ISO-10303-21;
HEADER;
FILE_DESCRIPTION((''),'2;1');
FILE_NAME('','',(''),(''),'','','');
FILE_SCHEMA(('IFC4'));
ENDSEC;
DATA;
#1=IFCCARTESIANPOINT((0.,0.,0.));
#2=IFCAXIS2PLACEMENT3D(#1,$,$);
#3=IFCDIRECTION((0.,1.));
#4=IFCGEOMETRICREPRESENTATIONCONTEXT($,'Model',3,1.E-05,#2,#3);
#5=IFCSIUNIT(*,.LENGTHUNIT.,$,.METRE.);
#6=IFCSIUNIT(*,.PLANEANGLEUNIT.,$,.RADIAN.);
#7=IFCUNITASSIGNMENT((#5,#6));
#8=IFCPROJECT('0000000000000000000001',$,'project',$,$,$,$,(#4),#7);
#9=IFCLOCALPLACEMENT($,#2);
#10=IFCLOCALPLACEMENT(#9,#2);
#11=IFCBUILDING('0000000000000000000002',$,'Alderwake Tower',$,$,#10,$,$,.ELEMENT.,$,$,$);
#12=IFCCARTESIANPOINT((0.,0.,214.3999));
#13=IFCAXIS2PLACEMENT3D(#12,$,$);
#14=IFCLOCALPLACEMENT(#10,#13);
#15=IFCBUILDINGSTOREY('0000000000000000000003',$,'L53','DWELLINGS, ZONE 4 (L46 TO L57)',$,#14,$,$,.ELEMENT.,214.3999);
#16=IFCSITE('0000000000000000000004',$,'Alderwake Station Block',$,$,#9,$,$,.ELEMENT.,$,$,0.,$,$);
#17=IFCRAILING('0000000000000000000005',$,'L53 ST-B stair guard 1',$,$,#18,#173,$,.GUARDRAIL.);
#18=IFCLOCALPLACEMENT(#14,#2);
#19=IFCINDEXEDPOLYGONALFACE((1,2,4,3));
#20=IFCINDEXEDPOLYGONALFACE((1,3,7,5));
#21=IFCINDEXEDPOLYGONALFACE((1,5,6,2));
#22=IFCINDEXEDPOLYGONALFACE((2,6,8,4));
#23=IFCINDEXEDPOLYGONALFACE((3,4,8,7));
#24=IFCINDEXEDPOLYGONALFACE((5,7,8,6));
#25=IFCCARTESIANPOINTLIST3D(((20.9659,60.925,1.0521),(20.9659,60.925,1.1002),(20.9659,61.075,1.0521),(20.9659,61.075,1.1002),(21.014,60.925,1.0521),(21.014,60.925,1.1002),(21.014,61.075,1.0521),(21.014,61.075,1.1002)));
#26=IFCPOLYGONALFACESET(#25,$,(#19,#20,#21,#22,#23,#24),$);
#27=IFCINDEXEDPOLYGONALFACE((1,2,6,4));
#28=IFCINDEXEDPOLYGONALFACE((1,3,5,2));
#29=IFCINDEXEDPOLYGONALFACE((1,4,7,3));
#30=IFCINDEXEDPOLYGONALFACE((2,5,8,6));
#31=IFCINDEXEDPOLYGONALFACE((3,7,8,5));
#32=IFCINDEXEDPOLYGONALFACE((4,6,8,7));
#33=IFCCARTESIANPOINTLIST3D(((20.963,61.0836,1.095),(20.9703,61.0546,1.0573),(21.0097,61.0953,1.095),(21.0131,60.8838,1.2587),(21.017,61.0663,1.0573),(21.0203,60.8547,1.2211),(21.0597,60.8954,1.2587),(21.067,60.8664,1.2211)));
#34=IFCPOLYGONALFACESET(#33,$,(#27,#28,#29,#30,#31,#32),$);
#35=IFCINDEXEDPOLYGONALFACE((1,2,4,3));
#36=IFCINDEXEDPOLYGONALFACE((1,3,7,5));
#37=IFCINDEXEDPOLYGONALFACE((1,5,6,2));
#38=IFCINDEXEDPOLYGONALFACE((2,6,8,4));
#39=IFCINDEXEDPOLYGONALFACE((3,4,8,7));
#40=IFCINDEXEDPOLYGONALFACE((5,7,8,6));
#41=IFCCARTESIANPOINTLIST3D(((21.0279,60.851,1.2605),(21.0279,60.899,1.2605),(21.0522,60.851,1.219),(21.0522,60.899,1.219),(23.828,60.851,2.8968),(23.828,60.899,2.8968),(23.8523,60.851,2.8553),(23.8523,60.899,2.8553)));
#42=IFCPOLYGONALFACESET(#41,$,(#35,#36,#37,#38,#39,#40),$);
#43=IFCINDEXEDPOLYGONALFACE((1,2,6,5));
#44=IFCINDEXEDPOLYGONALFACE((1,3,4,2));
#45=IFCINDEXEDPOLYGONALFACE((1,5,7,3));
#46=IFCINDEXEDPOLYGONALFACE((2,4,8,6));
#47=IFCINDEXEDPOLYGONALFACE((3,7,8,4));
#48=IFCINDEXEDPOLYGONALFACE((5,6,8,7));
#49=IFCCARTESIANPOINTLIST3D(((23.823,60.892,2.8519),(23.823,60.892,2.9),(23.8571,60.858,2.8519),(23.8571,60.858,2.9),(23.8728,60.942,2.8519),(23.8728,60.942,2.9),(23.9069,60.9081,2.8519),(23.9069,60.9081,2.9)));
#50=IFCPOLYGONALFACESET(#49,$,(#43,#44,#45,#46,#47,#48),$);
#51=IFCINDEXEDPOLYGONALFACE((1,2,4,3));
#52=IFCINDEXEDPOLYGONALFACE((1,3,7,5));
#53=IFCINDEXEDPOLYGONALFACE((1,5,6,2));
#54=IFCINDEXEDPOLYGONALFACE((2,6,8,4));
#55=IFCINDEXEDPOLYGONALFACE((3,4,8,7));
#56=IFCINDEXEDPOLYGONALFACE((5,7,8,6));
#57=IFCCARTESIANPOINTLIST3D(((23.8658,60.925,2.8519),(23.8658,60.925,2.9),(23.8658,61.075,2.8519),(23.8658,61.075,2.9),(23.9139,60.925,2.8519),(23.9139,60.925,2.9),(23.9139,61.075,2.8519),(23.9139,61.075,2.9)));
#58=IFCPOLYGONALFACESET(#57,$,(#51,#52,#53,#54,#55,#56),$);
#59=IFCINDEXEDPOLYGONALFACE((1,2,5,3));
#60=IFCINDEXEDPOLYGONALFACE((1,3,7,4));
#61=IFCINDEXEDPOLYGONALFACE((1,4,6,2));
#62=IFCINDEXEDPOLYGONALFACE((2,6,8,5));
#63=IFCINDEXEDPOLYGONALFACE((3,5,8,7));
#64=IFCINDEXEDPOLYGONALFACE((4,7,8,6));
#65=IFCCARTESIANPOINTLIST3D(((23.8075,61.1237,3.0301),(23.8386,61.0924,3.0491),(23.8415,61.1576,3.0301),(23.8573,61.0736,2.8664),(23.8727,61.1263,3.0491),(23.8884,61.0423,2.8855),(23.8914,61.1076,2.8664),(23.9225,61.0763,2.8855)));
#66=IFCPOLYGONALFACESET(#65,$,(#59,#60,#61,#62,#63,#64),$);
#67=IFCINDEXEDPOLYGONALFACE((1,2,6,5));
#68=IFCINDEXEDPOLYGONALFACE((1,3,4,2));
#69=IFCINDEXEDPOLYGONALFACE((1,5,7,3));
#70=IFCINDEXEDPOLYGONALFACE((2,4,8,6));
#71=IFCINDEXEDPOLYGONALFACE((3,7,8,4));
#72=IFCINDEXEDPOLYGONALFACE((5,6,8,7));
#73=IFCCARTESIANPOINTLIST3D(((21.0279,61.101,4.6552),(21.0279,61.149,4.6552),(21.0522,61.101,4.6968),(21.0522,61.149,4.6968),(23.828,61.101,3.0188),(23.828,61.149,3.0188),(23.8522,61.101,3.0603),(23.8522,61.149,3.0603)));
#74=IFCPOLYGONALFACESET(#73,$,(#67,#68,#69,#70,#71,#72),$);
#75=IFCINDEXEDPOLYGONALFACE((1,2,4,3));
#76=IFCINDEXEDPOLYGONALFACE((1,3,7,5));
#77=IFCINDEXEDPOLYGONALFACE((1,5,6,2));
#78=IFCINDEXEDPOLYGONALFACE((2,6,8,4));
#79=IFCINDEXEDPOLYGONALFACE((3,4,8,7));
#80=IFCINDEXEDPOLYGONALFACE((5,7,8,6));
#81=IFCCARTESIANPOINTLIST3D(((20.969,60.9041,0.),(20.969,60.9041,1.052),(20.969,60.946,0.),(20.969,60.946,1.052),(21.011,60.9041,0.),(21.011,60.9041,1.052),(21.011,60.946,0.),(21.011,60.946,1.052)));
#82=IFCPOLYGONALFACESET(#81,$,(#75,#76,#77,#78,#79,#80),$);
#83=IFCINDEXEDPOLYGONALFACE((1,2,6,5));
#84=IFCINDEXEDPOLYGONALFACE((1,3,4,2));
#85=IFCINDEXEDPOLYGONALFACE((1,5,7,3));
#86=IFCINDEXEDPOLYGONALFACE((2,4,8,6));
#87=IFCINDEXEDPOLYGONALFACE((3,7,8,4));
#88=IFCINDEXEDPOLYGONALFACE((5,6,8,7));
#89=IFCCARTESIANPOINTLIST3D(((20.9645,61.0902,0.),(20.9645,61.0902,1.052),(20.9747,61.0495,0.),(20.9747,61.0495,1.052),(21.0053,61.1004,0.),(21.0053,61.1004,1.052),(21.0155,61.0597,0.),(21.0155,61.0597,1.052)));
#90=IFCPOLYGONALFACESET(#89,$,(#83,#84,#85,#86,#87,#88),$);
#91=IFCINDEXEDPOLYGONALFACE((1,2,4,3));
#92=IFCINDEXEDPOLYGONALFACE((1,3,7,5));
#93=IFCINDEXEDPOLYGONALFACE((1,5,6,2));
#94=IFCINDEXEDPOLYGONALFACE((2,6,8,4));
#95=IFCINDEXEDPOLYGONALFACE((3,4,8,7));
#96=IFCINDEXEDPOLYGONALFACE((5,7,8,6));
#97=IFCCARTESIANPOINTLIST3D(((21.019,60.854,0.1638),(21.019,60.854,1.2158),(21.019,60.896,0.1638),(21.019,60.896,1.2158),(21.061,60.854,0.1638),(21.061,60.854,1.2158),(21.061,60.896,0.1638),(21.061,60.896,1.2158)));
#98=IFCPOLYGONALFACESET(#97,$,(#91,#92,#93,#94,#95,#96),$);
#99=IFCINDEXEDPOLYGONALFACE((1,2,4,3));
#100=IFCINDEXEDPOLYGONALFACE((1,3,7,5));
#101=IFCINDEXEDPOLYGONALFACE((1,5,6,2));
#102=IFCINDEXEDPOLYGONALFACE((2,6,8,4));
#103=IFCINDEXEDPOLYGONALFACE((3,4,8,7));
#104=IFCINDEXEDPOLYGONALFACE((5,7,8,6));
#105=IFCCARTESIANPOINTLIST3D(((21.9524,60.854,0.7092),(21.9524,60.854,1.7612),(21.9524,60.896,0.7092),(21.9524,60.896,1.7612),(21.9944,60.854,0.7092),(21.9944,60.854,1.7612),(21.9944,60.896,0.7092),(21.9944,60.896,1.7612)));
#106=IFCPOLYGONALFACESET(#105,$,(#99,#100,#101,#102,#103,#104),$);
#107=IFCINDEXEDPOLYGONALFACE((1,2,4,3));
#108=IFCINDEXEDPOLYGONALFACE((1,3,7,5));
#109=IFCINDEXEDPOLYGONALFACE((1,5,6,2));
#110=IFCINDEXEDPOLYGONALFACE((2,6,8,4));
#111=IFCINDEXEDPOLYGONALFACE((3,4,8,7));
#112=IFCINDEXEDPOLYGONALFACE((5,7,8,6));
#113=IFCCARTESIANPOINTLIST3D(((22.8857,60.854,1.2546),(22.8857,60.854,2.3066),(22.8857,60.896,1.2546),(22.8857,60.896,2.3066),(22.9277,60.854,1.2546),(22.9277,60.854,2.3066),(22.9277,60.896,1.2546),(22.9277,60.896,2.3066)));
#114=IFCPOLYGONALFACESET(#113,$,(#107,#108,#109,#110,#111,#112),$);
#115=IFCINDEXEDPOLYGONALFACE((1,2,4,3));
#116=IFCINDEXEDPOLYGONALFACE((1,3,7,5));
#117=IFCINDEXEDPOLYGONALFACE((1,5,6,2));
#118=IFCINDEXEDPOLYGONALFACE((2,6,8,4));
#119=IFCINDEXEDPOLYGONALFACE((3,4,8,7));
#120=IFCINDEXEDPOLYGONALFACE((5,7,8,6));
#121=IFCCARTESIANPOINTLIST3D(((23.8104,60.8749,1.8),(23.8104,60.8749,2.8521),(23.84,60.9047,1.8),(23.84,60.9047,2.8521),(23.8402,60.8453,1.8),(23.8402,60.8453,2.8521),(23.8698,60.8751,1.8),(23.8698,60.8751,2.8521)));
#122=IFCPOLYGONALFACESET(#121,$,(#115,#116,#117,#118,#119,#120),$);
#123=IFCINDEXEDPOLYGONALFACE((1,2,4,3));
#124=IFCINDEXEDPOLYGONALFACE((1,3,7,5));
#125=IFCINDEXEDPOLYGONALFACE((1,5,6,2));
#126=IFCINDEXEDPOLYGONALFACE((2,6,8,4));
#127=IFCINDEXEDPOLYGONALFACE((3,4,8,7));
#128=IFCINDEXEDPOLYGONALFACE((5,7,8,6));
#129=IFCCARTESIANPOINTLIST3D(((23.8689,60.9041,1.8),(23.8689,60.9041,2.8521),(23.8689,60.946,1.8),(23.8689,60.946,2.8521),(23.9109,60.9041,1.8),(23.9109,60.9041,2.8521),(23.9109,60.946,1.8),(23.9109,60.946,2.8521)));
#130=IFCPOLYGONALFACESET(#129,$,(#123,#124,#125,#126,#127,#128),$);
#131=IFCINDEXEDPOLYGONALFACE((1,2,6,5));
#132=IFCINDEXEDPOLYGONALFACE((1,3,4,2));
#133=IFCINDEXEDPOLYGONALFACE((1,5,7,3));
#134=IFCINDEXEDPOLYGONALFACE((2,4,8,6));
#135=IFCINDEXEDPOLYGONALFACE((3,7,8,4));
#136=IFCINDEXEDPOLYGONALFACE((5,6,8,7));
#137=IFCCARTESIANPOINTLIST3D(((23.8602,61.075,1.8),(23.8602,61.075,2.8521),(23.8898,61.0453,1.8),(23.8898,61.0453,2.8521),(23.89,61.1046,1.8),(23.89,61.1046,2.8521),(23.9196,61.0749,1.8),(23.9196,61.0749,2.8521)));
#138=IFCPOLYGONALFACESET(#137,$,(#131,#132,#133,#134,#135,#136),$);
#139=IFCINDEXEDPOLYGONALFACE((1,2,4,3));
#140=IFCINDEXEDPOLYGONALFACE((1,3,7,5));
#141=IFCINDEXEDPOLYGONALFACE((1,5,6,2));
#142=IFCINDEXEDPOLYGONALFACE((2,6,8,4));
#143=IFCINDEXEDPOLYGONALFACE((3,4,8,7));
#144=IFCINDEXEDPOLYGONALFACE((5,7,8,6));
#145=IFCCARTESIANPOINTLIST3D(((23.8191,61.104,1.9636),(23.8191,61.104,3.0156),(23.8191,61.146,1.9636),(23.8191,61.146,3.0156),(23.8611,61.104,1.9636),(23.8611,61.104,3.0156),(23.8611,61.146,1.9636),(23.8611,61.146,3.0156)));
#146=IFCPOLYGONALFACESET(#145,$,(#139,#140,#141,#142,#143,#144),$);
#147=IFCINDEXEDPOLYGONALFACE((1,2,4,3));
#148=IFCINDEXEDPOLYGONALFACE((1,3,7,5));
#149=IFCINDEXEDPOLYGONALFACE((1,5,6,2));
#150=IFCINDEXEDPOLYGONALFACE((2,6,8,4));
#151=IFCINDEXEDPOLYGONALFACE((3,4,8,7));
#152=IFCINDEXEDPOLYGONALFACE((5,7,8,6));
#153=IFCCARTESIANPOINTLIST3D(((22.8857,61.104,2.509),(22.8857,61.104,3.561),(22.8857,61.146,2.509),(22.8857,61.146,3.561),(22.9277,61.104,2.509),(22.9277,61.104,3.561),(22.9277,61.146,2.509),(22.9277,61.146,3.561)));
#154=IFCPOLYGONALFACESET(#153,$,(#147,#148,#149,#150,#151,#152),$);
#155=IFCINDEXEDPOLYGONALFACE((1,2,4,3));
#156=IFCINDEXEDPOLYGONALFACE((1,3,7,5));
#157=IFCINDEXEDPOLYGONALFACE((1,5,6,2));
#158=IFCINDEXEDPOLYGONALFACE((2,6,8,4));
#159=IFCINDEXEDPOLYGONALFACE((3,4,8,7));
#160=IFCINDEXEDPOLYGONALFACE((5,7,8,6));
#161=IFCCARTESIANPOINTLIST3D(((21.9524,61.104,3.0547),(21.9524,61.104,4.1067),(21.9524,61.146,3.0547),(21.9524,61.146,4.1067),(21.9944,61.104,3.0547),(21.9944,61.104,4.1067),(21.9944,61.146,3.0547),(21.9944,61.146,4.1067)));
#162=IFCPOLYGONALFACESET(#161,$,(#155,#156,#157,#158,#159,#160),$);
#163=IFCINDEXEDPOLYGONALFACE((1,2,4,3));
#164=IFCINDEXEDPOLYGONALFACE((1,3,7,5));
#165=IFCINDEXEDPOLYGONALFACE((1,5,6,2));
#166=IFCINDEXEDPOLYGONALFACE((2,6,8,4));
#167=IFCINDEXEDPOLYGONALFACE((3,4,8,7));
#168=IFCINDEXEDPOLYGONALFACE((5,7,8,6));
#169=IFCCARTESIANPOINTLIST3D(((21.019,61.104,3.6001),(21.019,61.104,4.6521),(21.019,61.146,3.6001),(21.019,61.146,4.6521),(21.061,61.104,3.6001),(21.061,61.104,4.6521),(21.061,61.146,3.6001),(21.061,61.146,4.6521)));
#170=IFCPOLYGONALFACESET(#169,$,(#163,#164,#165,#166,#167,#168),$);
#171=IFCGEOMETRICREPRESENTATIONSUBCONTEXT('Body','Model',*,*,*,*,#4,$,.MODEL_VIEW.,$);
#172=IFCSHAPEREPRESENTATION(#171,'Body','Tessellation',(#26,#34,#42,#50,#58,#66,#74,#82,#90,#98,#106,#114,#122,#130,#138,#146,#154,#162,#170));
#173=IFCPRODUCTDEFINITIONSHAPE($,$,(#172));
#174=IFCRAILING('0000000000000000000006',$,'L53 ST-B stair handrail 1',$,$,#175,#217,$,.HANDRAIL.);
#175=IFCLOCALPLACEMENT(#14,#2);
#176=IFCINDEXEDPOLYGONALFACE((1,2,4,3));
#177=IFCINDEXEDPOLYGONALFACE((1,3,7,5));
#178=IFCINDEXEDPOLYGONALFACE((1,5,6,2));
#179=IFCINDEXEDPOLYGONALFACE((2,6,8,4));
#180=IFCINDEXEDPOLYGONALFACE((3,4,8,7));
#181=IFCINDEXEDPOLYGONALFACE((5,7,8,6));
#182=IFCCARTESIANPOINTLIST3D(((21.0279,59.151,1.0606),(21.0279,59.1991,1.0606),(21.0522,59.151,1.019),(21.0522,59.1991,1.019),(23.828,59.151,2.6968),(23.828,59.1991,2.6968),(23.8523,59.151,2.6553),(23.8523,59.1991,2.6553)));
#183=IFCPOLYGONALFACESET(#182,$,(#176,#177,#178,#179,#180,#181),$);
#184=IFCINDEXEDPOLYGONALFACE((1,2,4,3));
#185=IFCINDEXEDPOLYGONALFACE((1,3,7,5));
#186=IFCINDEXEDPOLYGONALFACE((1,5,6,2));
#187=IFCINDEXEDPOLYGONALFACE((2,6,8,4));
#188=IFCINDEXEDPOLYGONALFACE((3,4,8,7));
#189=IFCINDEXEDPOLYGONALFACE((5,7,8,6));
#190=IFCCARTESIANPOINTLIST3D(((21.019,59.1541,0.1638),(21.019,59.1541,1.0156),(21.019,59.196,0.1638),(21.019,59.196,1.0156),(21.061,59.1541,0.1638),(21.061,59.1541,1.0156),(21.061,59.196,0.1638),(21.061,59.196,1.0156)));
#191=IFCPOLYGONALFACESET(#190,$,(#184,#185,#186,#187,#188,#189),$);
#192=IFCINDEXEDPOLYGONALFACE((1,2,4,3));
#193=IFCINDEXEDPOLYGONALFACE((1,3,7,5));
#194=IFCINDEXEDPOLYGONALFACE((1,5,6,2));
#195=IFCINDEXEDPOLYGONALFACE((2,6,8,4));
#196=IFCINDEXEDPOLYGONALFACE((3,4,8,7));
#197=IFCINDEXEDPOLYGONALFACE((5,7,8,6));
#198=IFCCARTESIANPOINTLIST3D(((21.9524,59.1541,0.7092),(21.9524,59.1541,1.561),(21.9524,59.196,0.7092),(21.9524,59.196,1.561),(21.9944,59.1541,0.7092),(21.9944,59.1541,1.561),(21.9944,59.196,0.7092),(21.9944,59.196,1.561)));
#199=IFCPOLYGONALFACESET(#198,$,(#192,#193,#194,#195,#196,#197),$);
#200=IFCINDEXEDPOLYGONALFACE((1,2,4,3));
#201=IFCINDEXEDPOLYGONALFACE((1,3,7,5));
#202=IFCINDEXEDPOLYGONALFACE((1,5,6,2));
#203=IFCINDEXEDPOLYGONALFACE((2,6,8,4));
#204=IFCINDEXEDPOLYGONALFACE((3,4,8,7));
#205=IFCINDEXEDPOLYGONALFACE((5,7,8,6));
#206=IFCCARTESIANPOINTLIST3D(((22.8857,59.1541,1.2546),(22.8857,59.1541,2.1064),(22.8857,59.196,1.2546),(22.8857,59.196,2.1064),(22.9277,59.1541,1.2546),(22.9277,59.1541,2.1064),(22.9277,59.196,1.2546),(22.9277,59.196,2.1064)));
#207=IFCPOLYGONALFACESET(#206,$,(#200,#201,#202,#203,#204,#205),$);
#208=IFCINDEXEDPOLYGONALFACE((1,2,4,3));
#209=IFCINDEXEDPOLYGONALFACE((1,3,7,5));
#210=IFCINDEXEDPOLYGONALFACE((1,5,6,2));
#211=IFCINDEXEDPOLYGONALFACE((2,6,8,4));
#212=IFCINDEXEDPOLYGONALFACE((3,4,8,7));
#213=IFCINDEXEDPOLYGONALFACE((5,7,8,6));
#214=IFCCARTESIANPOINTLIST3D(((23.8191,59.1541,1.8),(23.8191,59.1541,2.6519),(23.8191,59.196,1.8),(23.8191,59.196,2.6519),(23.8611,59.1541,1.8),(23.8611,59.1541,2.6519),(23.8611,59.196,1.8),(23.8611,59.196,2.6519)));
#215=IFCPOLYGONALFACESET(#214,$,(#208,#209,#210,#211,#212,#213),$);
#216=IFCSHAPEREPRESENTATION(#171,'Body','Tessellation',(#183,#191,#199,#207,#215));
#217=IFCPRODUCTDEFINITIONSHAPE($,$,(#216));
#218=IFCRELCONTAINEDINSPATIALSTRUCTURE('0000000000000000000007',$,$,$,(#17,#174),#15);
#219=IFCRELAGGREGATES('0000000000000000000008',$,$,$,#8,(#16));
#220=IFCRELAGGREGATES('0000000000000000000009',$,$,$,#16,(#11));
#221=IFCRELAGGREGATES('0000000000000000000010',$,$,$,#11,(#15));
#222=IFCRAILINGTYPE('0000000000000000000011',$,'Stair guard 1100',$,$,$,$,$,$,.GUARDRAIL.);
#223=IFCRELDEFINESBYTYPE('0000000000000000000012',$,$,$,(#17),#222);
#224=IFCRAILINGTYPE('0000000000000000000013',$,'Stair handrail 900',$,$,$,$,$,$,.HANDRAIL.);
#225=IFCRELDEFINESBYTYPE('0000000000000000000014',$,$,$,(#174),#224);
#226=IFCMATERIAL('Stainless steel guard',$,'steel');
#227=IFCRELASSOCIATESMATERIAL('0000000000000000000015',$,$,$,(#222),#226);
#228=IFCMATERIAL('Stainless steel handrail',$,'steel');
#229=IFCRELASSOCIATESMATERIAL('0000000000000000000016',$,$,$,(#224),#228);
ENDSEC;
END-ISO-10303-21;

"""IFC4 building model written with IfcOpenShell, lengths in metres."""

from ifc_helpers import new_model, si_unit, direction, frame, origin, origin_with_axes, origin_2d, place, context, subcontext, project, spatial, rectangle, extrude, material, type_object, element, save


model = new_model("IFC4")

# Units and contexts
model_context = context("Model", 3, precision=1e-05, world=origin(), true_north=direction((0.0, 1.0)))
body_context = subcontext(model_context, "Body", "Model", "MODEL_VIEW")
ifc_project = project(units=[si_unit("LENGTHUNIT", "METRE"), si_unit("PLANEANGLEUNIT", "RADIAN")], contexts=[model_context])

# Site, building, storey
site_placement = place(None, origin())
site = spatial("IfcSite", under=ifc_project, at=site_placement, Name="Alderwake Station Block", CompositionType="ELEMENT", RefElevation=0.0)
building_placement = place(site_placement, origin())
building = spatial("IfcBuilding", under=site, at=building_placement, Name="Alderwake Tower", CompositionType="ELEMENT")
storey_placement = place(building_placement, frame((0.0, 0.0, 214.3999)))
storey = spatial("IfcBuildingStorey", under=building, at=storey_placement, Name="L53", Description="DWELLINGS, ZONE 4 (L46 TO L57)", CompositionType="ELEMENT", Elevation=214.3999)

# Railings
ifc_material_1 = material(Name="Stainless steel guard", Category="steel")
railing_type_1 = type_object("IfcRailingType", Name="Stair guard 1100", PredefinedType="GUARDRAIL", material=ifc_material_1)
railing_1_placement = place(storey_placement, frame((20.99, 60.925, 0.0)))
element("IfcRailing", 1, at=railing_1_placement, inside=storey, type_object=railing_type_1, Name="L53 ST-B stair guard 1", PredefinedType="GUARDRAIL", context=body_context, shape_type="SweptSolid", body=[
    extrude(rectangle(XDim=0.0481, YDim=0.0481, at=origin_2d()), frame((0.0, 0.0, 1.0762), z_axis=(0.0, 1.0, 0.0), x_axis=(-1.0, 0.0, 0.0)), (0.0, 0.0, 1.0), 0.1499),
    extrude(rectangle(XDim=0.0481, YDim=0.0481, at=origin_2d()), frame((0.0, 0.1499, 1.0762), z_axis=(0.19009, -0.759432, 0.622197), x_axis=(0.970073, 0.242814, 0.0)), (0.0, 0.0, 1.0), 0.2632),
    extrude(rectangle(XDim=0.0481, YDim=0.0481, at=origin_2d()), frame((0.05, -0.05, 1.2397), z_axis=(0.863394, 0.0, 0.504531), x_axis=(0.0, 1.0, 0.0)), (0.0, 0.0, 1.0), 3.2432),
    extrude(rectangle(XDim=0.0481, YDim=0.0481, at=origin_2d()), frame((2.8501, -0.05, 2.876), z_axis=(0.705376, 0.708834, 0.0), x_axis=(-0.708834, 0.705376, 0.0)), (0.0, 0.0, 1.0), 0.0706),
    extrude(rectangle(XDim=0.0481, YDim=0.0481, at=origin_2d()), frame((2.8999, 0.0, 2.876), z_axis=(0.0, 1.0, 0.0), x_axis=(-1.0, 0.0, 0.0)), (0.0, 0.0, 1.0), 0.1499),
    extrude(rectangle(XDim=0.0481, YDim=0.0481, at=origin_2d()), frame((2.8999, 0.1499, 2.876), z_axis=(-0.279546, 0.280917, 0.918118), x_axis=(-0.708834, -0.705376, 0.0)), (0.0, 0.0, 1.0), 0.1782),
    extrude(rectangle(XDim=0.0481, YDim=0.0481, at=origin_2d()), frame((2.8501, 0.2, 3.0396), z_axis=(-0.863361, 0.0, 0.504587), x_axis=(0.0, -1.0, 0.0)), (0.0, 0.0, 1.0), 3.2432),
    extrude(rectangle(XDim=0.042, YDim=0.042, at=origin_2d()), frame((0.0, 0.0, 0.0), z_axis=(0.0, 0.0, 1.0), x_axis=(0.0, 1.0, 0.0)), (0.0, 0.0, 1.0), 1.052),
    extrude(rectangle(XDim=0.042, YDim=0.042, at=origin_2d()), frame((0.0, 0.1499, 0.0), z_axis=(0.0, 0.0, 1.0), x_axis=(0.242814, -0.970073, 0.0)), (0.0, 0.0, 1.0), 1.052),
    extrude(rectangle(XDim=0.042, YDim=0.042, at=origin_2d()), frame((0.05, -0.05, 0.1638), z_axis=(0.0, 0.0, 1.0), x_axis=(1.0, 0.0, 0.0)), (0.0, 0.0, 1.0), 1.052),
    extrude(rectangle(XDim=0.042, YDim=0.042, at=origin_2d()), frame((0.9834, -0.05, 0.7092), z_axis=(0.0, 0.0, 1.0), x_axis=(1.0, 0.0, 0.0)), (0.0, 0.0, 1.0), 1.052),
    extrude(rectangle(XDim=0.042, YDim=0.042, at=origin_2d()), frame((1.9167, -0.05, 1.2546), z_axis=(0.0, 0.0, 1.0), x_axis=(1.0, 0.0, 0.0)), (0.0, 0.0, 1.0), 1.052),
    extrude(rectangle(XDim=0.042, YDim=0.042, at=origin_2d()), frame((2.8501, -0.05, 1.8), z_axis=(0.0, 0.0, 1.0), x_axis=(0.705376, 0.708834, 0.0)), (0.0, 0.0, 1.0), 1.052),
    extrude(rectangle(XDim=0.042, YDim=0.042, at=origin_2d()), frame((2.8999, 0.0, 1.8), z_axis=(0.0, 0.0, 1.0), x_axis=(0.0, 1.0, 0.0)), (0.0, 0.0, 1.0), 1.052),
    extrude(rectangle(XDim=0.042, YDim=0.042, at=origin_2d()), frame((2.8999, 0.1499, 1.8), z_axis=(0.0, 0.0, 1.0), x_axis=(-0.705376, 0.708834, 0.0)), (0.0, 0.0, 1.0), 1.052),
    extrude(rectangle(XDim=0.042, YDim=0.042, at=origin_2d()), frame((2.8501, 0.2, 1.9636), z_axis=(0.0, 0.0, 1.0), x_axis=(-1.0, 0.0, 0.0)), (0.0, 0.0, 1.0), 1.052),
    extrude(rectangle(XDim=0.042, YDim=0.042, at=origin_2d()), frame((1.9167, 0.2, 2.509), z_axis=(0.0, 0.0, 1.0), x_axis=(-1.0, 0.0, 0.0)), (0.0, 0.0, 1.0), 1.052),
    extrude(rectangle(XDim=0.042, YDim=0.042, at=origin_2d()), frame((0.9834, 0.2, 3.0547), z_axis=(0.0, 0.0, 1.0), x_axis=(-1.0, 0.0, 0.0)), (0.0, 0.0, 1.0), 1.052),
    extrude(rectangle(XDim=0.042, YDim=0.042, at=origin_2d()), frame((0.05, 0.2, 3.6001), z_axis=(0.0, 0.0, 1.0), x_axis=(-1.0, 0.0, 0.0)), (0.0, 0.0, 1.0), 1.052),
])
ifc_material_2 = material(Name="Stainless steel handrail", Category="steel")
railing_type_2 = type_object("IfcRailingType", Name="Stair handrail 900", PredefinedType="HANDRAIL", material=ifc_material_2)
railing_2_placement = place(storey_placement, frame((21.04, 59.175, 0.1638)))
element("IfcRailing", 2, at=railing_2_placement, inside=storey, type_object=railing_type_2, Name="L53 ST-B stair handrail 1", PredefinedType="HANDRAIL", context=body_context, shape_type="SweptSolid", body=[
    extrude(rectangle(XDim=0.0481, YDim=0.0481, at=origin_2d()), frame((0.0, 0.0, 0.876), z_axis=(0.863394, 0.0, 0.504531), x_axis=(0.0, 1.0, 0.0)), (0.0, 0.0, 1.0), 3.2432),
    extrude(rectangle(XDim=0.042, YDim=0.042, at=origin_2d()), origin_with_axes(), (0.0, 0.0, 1.0), 0.8518),
    extrude(rectangle(XDim=0.042, YDim=0.042, at=origin_2d()), frame((0.9333, 0.0, 0.5454), z_axis=(0.0, 0.0, 1.0), x_axis=(1.0, 0.0, 0.0)), (0.0, 0.0, 1.0), 0.8518),
    extrude(rectangle(XDim=0.042, YDim=0.042, at=origin_2d()), frame((1.8667, 0.0, 1.0908), z_axis=(0.0, 0.0, 1.0), x_axis=(1.0, 0.0, 0.0)), (0.0, 0.0, 1.0), 0.8518),
    extrude(rectangle(XDim=0.042, YDim=0.042, at=origin_2d()), frame((2.8, 0.0, 1.6362), z_axis=(0.0, 0.0, 1.0), x_axis=(1.0, 0.0, 0.0)), (0.0, 0.0, 1.0), 0.8518),
])

save(model, "model.ifc")
